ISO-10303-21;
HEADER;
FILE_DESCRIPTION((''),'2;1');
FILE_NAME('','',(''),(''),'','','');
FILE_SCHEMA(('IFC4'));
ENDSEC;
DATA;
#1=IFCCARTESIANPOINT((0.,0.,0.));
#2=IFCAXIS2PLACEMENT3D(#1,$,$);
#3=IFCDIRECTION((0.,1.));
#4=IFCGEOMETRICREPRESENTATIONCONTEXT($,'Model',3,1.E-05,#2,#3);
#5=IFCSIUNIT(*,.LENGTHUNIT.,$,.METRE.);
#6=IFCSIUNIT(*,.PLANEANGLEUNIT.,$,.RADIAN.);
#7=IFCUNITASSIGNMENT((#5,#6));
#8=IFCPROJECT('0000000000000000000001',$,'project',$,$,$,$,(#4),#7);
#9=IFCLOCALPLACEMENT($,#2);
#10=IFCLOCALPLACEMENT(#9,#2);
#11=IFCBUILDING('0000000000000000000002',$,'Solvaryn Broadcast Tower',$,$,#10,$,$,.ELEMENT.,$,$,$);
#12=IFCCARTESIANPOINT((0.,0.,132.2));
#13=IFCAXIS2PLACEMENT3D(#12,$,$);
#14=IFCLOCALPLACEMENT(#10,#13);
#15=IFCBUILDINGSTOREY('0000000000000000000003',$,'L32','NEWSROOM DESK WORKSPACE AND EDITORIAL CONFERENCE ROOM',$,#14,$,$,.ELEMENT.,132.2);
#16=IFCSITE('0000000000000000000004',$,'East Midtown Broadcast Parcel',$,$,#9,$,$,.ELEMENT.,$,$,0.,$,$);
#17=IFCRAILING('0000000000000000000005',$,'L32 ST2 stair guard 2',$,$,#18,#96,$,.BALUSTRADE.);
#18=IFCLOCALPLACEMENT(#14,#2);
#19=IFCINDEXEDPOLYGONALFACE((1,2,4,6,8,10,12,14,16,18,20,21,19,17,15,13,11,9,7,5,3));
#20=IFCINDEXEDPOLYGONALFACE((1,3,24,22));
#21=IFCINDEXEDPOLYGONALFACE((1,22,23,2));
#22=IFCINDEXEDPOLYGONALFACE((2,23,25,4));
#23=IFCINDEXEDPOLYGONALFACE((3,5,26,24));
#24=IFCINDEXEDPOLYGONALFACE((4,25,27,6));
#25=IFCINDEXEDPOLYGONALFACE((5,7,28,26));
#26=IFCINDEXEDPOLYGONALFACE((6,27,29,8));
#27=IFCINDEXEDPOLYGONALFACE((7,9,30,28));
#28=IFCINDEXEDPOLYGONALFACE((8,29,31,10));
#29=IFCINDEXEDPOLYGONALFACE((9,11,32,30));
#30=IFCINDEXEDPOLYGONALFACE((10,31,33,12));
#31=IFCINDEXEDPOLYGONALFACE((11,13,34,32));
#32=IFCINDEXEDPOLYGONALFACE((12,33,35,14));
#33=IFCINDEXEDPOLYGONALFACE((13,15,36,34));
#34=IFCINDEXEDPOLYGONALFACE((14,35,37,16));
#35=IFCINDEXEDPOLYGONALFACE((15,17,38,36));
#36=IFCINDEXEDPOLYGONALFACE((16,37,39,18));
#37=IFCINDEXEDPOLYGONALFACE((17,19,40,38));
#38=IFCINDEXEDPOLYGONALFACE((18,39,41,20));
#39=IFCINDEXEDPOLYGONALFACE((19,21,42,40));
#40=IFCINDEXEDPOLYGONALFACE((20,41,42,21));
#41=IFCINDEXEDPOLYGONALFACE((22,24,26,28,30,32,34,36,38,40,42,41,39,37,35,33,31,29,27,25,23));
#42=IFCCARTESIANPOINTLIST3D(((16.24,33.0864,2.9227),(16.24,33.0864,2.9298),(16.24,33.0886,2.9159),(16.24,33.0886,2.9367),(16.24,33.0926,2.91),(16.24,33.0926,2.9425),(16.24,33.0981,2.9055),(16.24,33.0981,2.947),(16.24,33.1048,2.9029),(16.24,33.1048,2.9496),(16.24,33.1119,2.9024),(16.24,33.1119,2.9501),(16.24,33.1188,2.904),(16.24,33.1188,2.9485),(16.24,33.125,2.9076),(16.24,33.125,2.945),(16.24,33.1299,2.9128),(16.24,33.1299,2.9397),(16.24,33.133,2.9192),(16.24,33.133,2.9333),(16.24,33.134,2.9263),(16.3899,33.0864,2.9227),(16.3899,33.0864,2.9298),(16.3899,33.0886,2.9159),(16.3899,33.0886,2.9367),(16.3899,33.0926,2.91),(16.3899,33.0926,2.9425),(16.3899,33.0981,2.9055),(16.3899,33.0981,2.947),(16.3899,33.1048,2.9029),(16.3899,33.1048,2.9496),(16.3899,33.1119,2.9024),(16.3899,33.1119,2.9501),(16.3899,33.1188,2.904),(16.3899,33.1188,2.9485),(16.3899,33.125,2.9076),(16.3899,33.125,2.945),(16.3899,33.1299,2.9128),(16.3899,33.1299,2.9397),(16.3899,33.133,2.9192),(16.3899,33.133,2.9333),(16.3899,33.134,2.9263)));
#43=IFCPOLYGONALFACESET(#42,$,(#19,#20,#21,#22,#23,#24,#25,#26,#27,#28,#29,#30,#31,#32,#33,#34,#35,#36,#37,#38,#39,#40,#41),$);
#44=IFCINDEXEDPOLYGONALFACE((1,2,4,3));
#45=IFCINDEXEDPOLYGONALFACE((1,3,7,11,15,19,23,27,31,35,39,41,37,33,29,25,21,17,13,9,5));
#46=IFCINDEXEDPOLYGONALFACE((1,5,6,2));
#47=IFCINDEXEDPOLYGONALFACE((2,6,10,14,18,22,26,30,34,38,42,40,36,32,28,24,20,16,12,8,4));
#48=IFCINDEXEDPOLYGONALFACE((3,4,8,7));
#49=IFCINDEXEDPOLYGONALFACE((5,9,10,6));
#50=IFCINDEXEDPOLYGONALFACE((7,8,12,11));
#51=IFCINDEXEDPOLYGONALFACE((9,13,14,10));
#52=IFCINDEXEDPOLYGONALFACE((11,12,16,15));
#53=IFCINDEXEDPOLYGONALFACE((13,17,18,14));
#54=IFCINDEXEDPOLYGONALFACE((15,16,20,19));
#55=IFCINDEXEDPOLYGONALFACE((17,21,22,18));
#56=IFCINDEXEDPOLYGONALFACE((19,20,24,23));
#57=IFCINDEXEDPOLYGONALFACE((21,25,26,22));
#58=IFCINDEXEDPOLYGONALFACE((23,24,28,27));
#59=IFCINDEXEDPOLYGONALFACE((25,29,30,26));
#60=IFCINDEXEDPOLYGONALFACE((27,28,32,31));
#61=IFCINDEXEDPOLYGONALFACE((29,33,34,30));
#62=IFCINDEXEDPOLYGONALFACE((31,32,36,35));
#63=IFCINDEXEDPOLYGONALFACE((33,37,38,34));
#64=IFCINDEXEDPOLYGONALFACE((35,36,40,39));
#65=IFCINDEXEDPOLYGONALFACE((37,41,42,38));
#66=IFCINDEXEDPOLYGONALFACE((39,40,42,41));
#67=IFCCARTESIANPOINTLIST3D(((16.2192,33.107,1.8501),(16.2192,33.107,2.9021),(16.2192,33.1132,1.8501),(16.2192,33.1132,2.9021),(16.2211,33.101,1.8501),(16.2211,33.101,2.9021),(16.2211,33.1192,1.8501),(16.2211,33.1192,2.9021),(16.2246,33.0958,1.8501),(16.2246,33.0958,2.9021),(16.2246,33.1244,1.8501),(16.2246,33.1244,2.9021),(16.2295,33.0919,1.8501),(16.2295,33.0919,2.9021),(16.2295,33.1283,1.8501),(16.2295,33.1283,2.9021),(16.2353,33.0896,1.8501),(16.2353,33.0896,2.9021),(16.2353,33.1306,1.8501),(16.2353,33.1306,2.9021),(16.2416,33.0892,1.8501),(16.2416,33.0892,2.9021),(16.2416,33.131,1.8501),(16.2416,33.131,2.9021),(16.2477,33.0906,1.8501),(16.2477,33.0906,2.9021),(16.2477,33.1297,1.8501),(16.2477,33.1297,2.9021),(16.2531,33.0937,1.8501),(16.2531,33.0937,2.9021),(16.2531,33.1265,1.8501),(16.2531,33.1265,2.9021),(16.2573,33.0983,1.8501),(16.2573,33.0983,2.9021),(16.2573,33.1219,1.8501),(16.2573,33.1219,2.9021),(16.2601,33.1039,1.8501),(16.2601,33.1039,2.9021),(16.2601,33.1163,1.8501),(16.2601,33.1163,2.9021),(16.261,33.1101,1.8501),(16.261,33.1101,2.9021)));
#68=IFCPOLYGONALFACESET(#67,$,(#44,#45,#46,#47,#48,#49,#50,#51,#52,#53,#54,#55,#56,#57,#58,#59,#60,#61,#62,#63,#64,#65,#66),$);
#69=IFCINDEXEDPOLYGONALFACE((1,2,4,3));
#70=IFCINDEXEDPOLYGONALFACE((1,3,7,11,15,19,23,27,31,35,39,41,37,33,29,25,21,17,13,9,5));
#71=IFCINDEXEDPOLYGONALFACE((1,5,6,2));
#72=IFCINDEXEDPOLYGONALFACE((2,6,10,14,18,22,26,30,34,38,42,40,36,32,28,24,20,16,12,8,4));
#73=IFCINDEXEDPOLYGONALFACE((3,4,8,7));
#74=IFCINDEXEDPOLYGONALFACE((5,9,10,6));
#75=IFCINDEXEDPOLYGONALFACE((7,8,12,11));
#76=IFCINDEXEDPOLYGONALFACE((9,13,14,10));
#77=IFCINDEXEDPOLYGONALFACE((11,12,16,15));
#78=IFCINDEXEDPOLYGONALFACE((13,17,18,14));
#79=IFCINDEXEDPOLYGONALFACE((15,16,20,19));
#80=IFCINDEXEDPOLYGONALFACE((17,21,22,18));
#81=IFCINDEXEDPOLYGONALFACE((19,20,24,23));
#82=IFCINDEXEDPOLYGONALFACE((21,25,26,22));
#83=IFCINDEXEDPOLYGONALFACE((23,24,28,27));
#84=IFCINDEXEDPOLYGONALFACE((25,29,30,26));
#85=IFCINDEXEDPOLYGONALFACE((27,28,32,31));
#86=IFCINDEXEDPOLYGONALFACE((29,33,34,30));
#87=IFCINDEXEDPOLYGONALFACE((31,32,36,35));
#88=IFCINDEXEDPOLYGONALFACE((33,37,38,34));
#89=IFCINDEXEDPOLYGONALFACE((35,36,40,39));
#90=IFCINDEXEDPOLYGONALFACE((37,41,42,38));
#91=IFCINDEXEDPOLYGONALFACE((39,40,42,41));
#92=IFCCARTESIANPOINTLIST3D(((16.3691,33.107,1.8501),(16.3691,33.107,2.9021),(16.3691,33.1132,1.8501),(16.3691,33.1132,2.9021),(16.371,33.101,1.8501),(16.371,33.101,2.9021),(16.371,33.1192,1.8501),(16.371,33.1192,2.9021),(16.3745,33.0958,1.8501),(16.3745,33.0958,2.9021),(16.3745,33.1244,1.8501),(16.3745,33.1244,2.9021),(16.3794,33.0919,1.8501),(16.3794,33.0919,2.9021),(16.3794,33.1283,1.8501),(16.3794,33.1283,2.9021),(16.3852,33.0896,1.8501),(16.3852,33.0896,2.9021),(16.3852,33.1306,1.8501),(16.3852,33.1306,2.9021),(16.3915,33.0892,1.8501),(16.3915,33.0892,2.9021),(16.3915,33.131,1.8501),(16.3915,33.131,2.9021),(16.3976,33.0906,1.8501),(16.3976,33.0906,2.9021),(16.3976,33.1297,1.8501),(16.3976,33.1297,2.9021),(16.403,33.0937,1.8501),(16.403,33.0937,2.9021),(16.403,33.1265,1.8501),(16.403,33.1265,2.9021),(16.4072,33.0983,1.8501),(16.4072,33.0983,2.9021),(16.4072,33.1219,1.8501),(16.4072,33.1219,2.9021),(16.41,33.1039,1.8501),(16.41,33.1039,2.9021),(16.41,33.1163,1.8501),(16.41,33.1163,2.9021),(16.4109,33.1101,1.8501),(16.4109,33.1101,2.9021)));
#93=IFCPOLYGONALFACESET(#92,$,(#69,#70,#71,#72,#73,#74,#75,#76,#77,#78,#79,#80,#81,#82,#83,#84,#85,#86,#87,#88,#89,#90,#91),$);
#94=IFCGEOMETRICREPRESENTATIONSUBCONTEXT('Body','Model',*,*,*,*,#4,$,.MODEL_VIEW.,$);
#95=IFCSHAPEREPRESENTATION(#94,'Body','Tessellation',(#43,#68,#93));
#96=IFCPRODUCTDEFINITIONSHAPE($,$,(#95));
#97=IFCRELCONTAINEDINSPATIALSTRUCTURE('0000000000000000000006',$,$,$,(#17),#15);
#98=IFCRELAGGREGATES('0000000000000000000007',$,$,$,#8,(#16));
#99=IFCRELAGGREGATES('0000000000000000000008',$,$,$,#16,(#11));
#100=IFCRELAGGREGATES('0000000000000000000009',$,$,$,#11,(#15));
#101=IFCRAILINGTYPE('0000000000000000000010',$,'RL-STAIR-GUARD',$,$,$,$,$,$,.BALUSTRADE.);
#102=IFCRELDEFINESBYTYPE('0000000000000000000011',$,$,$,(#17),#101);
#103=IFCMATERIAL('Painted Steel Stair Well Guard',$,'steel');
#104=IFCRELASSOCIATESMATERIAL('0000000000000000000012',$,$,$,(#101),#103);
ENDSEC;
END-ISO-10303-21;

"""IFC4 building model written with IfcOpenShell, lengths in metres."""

from ifc_helpers import new_model, si_unit, direction, frame, origin, origin_2d, place, context, subcontext, project, spatial, circle, extrude, material, type_object, element, save


model = new_model("IFC4")

# Units and contexts
model_context = context("Model", 3, precision=1e-05, world=origin(), true_north=direction((0.0, 1.0)))
body_context = subcontext(model_context, "Body", "Model", "MODEL_VIEW")
ifc_project = project(units=[si_unit("LENGTHUNIT", "METRE"), si_unit("PLANEANGLEUNIT", "RADIAN")], contexts=[model_context])

# Site, building, storey
site_placement = place(None, origin())
site = spatial("IfcSite", under=ifc_project, at=site_placement, Name="East Midtown Broadcast Parcel", CompositionType="ELEMENT", RefElevation=0.0)
building_placement = place(site_placement, origin())
building = spatial("IfcBuilding", under=site, at=building_placement, Name="Solvaryn Broadcast Tower", CompositionType="ELEMENT")
storey_placement = place(building_placement, frame((0.0, 0.0, 132.2)))
storey = spatial("IfcBuildingStorey", under=building, at=storey_placement, Name="L32", Description="NEWSROOM DESK WORKSPACE AND EDITORIAL CONFERENCE ROOM", CompositionType="ELEMENT", Elevation=132.2)

# Railing
ifc_material_1 = material(Name="Painted Steel Stair Well Guard", Category="steel")
railing_type_1 = type_object("IfcRailingType", Name="RL-STAIR-GUARD", PredefinedType="BALUSTRADE", material=ifc_material_1)
railing_1_placement = place(storey_placement, frame((16.24, 33.1101, 1.8501)))
element("IfcRailing", 1, at=railing_1_placement, inside=storey, type_object=railing_type_1, Name="L32 ST2 stair guard 2", PredefinedType="BALUSTRADE", context=body_context, shape_type="SweptSolid", body=[
    extrude(circle(Radius=0.0239, at=origin_2d()), frame((0.0, 0.0, 1.0762), z_axis=(1.0, 0.0, 0.0), x_axis=(0.0, 1.0, 0.0)), (0.0, 0.0, 1.0), 0.1499),
    extrude(circle(Radius=0.021, at=origin_2d()), origin(), (0.0, 0.0, 1.0), 1.052),
    extrude(circle(Radius=0.021, at=origin_2d()), frame((0.1499, 0.0, 0.0)), (0.0, 0.0, 1.0), 1.052),
])

save(model, "model.ifc")
